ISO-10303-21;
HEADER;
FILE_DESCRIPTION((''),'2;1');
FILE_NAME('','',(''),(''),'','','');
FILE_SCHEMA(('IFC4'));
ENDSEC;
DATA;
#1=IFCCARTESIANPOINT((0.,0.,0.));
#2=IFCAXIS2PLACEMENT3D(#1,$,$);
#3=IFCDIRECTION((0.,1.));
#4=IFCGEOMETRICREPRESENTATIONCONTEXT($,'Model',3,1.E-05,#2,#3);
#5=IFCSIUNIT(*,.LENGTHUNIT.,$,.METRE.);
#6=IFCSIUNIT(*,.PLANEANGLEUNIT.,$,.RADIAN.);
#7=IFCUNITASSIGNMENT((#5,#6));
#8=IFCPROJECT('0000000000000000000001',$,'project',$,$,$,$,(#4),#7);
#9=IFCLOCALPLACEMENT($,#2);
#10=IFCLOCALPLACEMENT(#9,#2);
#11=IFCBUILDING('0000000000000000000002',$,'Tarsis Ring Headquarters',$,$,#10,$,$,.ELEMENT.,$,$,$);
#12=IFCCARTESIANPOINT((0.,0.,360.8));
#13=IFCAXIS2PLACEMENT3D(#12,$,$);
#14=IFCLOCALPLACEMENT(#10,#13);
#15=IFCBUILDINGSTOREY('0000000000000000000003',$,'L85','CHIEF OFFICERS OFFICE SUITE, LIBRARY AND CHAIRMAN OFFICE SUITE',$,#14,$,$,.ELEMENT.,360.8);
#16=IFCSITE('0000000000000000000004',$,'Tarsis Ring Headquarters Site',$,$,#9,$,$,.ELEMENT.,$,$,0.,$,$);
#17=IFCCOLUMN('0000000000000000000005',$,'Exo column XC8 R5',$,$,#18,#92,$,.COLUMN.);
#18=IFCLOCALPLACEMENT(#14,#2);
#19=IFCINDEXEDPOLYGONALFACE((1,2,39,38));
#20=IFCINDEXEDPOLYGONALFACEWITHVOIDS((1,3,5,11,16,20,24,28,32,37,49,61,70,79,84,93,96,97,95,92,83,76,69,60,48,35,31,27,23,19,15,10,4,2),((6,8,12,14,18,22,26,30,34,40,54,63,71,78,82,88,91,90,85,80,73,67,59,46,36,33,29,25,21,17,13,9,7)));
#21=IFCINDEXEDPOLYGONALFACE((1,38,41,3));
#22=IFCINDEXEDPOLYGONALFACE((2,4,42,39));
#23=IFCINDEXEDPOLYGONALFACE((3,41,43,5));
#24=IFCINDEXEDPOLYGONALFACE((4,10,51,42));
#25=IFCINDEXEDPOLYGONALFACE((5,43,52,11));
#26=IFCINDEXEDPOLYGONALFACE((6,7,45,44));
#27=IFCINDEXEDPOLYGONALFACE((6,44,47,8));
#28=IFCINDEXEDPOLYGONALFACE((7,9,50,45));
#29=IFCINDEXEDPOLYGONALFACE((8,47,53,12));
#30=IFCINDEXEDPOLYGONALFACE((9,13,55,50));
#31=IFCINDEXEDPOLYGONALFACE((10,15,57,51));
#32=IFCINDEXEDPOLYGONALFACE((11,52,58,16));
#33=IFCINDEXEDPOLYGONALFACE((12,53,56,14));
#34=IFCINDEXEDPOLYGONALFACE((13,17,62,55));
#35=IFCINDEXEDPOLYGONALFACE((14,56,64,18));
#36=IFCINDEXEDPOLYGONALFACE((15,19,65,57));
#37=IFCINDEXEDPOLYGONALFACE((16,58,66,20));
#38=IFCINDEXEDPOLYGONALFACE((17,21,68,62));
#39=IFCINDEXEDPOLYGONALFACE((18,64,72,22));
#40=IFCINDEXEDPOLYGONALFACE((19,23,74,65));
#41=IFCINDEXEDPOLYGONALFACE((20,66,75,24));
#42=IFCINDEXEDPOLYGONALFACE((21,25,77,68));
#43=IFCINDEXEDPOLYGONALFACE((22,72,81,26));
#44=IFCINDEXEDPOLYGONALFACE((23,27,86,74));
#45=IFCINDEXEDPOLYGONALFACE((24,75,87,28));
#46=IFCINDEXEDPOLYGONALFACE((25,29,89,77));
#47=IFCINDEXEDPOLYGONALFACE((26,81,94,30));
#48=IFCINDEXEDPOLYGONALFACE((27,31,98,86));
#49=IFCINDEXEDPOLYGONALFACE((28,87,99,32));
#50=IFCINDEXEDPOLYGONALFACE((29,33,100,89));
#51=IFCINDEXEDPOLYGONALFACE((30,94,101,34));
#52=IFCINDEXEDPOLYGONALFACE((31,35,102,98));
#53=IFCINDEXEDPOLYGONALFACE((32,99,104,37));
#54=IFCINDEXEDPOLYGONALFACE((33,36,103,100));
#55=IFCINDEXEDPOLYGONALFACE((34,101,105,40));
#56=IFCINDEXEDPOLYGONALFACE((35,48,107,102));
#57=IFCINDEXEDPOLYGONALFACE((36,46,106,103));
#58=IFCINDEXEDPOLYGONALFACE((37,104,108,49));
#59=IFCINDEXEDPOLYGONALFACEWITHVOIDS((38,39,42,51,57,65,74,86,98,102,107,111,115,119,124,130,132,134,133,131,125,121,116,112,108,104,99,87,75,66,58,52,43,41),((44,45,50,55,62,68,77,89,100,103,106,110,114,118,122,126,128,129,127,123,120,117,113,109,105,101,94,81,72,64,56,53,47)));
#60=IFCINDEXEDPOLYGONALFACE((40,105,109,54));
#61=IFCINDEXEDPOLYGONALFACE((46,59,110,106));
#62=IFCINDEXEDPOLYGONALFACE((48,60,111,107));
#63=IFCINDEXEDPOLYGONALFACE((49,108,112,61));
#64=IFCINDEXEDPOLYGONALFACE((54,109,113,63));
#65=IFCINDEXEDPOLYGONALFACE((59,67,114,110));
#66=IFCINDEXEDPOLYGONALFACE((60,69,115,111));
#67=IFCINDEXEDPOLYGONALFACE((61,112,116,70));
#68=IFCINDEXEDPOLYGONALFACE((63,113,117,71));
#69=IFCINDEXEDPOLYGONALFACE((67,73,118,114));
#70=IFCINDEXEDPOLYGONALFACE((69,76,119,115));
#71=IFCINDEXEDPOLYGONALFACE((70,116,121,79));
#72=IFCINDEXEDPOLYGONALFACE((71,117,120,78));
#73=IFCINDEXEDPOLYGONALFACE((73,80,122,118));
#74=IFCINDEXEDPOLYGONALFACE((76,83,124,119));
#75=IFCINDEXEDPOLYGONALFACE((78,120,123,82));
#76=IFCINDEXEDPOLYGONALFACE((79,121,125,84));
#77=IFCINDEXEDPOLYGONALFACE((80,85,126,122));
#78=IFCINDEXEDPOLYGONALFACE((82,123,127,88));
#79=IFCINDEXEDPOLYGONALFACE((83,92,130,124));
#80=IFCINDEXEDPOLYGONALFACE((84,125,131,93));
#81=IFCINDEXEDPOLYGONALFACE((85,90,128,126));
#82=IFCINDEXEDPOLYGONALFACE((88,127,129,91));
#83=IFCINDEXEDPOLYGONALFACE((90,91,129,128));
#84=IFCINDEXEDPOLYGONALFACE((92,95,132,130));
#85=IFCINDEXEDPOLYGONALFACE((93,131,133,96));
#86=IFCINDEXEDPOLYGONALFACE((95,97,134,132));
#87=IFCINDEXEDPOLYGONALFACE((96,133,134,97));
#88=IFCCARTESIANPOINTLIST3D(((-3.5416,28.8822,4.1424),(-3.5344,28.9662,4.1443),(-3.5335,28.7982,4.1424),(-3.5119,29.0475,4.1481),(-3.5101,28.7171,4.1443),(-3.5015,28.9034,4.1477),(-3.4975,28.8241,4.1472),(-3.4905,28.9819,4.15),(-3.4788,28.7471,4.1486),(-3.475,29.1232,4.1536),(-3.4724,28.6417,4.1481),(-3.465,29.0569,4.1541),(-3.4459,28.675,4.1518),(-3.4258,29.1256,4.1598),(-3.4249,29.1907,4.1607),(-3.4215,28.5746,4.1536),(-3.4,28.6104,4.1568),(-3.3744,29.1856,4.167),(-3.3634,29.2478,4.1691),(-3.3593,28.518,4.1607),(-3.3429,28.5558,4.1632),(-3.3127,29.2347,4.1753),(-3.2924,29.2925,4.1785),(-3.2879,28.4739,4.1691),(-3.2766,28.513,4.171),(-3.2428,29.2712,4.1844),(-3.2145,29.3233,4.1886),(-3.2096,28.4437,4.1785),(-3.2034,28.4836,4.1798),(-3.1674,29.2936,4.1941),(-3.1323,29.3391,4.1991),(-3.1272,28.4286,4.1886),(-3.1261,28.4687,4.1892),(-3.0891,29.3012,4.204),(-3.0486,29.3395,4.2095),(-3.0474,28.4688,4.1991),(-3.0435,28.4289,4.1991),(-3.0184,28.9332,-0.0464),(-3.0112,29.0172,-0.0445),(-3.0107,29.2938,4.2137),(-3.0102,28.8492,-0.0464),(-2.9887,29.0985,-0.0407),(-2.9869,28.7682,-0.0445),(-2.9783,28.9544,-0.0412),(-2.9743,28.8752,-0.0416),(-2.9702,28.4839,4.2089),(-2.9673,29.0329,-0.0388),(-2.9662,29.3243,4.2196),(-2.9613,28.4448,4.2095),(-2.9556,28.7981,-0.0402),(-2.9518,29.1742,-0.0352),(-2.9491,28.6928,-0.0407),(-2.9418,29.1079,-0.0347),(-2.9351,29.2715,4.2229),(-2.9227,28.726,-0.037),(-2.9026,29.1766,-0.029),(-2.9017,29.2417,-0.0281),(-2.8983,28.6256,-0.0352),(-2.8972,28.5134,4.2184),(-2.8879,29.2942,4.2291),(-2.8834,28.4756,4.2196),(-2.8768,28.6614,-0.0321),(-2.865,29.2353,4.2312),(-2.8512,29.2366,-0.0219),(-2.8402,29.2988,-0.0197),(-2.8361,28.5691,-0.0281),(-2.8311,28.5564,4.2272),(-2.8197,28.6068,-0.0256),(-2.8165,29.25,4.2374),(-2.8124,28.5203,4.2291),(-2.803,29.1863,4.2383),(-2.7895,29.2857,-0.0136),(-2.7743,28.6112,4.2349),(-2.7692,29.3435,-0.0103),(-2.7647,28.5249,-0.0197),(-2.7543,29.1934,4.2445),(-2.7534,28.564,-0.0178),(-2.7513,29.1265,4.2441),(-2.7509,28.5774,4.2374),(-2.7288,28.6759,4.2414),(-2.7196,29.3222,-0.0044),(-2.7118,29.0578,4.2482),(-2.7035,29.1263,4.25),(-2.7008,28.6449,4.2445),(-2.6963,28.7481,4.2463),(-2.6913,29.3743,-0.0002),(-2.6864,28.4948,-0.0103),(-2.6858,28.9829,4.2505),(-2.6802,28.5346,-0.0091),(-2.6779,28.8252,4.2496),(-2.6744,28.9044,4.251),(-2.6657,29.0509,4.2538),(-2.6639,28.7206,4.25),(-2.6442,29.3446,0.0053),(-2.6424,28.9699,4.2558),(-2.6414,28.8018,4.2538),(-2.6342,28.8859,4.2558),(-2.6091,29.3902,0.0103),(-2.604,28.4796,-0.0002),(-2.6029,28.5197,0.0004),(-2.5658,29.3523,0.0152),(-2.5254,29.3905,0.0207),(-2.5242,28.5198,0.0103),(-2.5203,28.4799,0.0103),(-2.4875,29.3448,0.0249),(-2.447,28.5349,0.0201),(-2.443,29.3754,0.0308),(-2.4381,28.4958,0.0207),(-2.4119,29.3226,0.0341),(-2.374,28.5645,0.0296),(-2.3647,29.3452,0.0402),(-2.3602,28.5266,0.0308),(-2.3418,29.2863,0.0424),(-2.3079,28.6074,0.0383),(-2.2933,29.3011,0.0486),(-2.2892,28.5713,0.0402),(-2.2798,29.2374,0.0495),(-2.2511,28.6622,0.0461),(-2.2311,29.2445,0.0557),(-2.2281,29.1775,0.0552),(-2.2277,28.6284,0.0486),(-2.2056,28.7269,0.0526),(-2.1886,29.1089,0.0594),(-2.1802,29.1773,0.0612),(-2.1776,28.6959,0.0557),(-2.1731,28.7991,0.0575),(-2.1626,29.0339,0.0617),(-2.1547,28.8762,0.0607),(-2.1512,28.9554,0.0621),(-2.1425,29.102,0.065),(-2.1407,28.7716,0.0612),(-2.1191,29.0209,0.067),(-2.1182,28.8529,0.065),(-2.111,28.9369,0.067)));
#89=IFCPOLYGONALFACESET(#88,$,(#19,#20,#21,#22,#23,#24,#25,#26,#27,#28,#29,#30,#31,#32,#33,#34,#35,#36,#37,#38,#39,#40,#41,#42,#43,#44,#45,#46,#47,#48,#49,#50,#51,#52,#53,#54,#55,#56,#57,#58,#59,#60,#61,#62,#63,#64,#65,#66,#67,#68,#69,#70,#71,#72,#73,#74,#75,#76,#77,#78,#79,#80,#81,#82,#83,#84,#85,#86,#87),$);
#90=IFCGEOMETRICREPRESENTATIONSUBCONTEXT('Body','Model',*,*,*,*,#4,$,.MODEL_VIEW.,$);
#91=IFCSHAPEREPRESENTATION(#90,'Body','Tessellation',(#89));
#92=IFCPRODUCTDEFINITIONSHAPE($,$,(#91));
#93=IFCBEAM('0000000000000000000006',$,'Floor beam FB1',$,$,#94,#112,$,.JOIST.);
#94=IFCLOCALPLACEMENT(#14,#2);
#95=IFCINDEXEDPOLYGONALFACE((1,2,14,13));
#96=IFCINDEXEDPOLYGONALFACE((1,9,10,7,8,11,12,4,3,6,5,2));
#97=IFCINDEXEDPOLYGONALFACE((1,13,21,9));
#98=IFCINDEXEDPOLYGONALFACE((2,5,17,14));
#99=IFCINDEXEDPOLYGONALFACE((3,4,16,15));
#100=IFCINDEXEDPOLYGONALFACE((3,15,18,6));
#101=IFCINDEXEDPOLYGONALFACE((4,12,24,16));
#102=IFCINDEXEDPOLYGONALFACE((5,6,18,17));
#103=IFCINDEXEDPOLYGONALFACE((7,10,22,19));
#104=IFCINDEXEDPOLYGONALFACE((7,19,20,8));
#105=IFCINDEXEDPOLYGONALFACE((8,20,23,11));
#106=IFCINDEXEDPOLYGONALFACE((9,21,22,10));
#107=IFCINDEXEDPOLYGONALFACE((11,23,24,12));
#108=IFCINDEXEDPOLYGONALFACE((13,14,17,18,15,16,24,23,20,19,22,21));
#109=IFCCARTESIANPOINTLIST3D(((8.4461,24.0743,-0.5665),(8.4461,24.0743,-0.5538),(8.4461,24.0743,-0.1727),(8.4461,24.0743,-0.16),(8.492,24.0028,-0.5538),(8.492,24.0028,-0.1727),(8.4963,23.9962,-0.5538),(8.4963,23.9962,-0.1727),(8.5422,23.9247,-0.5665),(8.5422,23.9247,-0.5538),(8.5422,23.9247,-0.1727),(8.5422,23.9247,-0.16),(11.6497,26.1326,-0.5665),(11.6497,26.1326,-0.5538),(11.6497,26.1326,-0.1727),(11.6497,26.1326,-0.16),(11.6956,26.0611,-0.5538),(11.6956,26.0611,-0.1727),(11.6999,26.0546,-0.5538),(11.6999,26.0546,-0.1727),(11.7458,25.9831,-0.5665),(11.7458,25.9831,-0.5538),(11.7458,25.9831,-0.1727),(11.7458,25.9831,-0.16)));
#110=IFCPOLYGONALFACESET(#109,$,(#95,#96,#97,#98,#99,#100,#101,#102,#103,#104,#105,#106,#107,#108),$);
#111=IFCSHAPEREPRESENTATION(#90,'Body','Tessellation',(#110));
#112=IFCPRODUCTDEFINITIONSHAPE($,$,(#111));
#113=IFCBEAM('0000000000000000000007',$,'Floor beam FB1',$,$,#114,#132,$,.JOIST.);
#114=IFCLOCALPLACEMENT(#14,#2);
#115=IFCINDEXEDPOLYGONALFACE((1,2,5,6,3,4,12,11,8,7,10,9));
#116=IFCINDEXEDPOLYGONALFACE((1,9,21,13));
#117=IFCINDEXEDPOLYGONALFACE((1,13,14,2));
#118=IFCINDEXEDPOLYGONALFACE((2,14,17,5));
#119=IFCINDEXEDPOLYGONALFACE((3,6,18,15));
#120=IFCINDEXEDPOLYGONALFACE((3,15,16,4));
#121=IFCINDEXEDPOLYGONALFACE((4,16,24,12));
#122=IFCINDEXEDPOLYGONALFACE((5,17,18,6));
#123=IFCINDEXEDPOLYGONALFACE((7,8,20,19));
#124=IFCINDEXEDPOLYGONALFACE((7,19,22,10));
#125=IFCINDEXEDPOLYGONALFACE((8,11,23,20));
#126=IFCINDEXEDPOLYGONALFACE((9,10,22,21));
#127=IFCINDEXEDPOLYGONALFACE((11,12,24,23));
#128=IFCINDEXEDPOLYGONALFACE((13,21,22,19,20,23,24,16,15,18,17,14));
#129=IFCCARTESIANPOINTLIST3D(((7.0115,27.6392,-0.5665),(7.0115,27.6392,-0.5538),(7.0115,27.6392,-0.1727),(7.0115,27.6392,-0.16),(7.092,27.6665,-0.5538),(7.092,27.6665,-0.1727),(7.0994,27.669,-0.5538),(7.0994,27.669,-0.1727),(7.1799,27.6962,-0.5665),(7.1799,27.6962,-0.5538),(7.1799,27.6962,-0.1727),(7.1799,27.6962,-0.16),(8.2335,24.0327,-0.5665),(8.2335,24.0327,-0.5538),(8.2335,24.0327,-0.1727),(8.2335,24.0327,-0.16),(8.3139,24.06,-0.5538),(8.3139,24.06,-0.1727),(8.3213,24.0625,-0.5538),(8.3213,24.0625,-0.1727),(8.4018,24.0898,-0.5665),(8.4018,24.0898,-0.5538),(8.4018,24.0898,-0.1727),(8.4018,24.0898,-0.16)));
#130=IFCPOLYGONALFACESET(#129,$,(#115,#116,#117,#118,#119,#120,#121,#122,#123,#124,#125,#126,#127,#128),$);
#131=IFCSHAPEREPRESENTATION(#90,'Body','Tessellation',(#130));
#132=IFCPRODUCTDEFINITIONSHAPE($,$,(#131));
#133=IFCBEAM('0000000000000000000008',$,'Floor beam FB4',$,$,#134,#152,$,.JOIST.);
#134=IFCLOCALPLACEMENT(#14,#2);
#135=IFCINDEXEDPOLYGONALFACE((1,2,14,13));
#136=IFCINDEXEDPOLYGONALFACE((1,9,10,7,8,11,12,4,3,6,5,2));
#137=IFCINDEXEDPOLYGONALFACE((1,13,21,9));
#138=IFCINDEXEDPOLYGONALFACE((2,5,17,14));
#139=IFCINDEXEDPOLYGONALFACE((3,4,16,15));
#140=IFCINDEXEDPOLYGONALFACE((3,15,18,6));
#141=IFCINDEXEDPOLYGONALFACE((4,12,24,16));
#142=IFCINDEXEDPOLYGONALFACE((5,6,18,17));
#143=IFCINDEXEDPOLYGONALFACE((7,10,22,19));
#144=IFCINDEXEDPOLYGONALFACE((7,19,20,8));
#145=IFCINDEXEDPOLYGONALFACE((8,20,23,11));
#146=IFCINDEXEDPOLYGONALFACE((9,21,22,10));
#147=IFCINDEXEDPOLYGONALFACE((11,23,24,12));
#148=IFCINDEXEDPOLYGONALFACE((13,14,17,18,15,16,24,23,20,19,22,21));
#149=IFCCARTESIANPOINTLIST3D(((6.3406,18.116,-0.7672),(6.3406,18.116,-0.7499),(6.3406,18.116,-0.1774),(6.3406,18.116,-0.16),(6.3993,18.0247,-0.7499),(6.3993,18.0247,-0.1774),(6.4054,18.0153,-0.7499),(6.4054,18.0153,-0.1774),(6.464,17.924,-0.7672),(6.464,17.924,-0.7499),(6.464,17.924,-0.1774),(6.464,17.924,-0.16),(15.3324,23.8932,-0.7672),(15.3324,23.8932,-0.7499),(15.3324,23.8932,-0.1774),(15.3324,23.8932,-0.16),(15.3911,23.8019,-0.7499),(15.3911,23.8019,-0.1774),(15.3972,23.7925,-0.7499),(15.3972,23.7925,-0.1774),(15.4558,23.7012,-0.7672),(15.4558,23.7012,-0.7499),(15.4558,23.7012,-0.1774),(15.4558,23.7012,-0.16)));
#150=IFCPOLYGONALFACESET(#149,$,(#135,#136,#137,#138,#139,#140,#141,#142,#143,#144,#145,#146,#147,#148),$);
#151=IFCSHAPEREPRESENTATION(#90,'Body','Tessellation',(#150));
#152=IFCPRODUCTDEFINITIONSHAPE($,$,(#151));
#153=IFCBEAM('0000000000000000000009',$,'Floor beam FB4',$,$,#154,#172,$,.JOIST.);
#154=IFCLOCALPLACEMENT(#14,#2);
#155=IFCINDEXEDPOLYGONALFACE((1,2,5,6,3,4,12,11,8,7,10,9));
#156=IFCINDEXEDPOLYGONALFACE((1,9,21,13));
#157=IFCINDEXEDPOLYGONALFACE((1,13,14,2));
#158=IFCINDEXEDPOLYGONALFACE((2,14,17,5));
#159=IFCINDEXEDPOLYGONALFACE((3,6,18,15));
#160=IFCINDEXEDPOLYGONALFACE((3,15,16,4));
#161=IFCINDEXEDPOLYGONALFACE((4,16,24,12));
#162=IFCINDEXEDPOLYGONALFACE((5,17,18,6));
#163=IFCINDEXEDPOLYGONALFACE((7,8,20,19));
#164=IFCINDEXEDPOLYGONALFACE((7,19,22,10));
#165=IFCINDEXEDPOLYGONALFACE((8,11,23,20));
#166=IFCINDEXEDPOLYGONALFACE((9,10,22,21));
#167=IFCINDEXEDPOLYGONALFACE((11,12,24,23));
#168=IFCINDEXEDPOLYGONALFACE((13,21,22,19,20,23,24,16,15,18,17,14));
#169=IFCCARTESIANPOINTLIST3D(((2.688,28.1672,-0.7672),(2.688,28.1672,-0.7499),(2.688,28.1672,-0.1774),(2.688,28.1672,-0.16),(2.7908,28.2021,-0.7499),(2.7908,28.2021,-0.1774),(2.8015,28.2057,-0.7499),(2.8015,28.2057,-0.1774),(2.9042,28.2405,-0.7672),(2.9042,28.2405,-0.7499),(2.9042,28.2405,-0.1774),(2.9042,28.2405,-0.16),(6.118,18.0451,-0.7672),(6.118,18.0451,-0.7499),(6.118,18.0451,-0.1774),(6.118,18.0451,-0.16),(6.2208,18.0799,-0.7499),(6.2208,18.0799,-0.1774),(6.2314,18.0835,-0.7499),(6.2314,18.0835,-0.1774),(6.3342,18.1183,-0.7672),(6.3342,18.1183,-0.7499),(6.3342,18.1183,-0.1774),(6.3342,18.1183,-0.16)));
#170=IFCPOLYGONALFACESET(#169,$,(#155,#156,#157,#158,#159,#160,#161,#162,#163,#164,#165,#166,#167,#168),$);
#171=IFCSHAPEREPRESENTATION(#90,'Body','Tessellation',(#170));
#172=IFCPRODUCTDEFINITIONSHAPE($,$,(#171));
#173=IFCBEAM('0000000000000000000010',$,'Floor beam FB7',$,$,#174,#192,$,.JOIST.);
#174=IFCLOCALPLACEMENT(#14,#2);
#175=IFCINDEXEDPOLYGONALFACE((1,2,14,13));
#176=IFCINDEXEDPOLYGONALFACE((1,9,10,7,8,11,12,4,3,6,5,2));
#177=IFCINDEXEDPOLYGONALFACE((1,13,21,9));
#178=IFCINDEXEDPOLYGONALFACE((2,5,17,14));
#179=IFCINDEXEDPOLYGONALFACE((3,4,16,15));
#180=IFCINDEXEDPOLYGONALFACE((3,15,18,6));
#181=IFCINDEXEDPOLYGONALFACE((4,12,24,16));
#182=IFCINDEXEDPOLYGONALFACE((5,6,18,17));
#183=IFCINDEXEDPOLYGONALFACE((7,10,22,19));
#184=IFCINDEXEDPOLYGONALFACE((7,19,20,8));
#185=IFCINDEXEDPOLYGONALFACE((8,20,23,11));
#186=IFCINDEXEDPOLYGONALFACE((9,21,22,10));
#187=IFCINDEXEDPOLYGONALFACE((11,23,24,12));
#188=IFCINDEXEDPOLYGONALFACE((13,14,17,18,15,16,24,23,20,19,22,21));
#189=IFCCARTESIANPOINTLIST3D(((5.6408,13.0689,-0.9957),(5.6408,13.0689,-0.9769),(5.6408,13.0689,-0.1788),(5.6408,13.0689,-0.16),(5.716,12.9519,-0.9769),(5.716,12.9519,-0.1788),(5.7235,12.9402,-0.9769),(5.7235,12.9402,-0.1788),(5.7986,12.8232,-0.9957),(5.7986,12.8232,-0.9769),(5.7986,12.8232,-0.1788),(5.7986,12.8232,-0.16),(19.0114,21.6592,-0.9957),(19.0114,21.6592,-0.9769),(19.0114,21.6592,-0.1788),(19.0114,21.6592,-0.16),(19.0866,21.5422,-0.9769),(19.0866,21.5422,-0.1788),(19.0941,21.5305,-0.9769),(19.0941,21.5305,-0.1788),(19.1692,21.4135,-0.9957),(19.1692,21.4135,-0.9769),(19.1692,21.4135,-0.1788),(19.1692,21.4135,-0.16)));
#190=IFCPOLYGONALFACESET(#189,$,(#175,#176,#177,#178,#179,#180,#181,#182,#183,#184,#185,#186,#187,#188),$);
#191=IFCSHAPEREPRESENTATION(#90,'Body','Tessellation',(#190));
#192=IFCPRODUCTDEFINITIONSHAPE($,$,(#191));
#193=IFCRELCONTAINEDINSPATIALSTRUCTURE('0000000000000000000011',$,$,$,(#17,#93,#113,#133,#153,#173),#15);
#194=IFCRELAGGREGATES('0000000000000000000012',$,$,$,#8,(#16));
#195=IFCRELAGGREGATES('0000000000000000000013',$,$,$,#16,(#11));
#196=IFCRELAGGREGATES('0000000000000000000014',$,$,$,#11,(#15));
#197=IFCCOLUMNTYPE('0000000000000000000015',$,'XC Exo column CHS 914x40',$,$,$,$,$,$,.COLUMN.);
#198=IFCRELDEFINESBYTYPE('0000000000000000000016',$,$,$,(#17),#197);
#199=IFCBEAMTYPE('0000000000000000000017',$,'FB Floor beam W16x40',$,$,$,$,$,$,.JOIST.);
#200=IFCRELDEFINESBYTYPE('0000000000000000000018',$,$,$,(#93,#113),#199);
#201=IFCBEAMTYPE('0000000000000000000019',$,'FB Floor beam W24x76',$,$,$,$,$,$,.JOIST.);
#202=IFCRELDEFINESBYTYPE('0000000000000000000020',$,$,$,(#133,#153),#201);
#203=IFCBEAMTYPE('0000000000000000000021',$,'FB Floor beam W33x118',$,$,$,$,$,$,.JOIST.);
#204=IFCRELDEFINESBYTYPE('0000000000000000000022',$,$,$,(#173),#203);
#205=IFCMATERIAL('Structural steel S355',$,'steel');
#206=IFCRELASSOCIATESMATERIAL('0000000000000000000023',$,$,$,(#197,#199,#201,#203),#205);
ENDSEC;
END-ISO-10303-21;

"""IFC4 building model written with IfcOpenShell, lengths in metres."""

from ifc_helpers import new_model, si_unit, direction, frame, origin, origin_2d, place, context, subcontext, project, spatial, hollow_circle, i_section, extrude, material, material_profile, profile_set, type_object, element, save


model = new_model("IFC4")

# Units and contexts
model_context = context("Model", 3, precision=1e-05, world=origin(), true_north=direction((0.0, 1.0)))
body_context = subcontext(model_context, "Body", "Model", "MODEL_VIEW")
ifc_project = project(units=[si_unit("LENGTHUNIT", "METRE"), si_unit("PLANEANGLEUNIT", "RADIAN")], contexts=[model_context])

# Site, building, storey
site_placement = place(None, origin())
site = spatial("IfcSite", under=ifc_project, at=site_placement, Name="Tarsis Ring Headquarters Site", CompositionType="ELEMENT", RefElevation=0.0)
building_placement = place(site_placement, origin())
building = spatial("IfcBuilding", under=site, at=building_placement, Name="Tarsis Ring Headquarters", CompositionType="ELEMENT")
storey_placement = place(building_placement, frame((0.0, 0.0, 360.8)))
storey = spatial("IfcBuildingStorey", under=building, at=storey_placement, Name="L85", Description="CHIEF OFFICERS OFFICE SUITE, LIBRARY AND CHAIRMAN OFFICE SUITE", CompositionType="ELEMENT", Elevation=360.8)

# Column
ifc_material_1 = material(Name="Structural steel S355", Category="steel")
ifc_material_profile_1 = material_profile(ifc_material_1, hollow_circle(Radius=0.457, WallThickness=0.04, at=origin_2d()), Name="CHS 914x40")
ifc_profile_set_1 = profile_set([ifc_material_profile_1], Name="Structural steel S355")
column_type = type_object("IfcColumnType", Name="XC Exo column CHS 914x40", PredefinedType="COLUMN", material=ifc_profile_set_1)
column_placement = place(storey_placement, frame((-2.5647, 28.9351, 0.0103), z_axis=(-0.123933, -0.012087, 0.992217), x_axis=(0.097066, -0.995278, 0.0)))
element("IfcColumn", 1, at=column_placement, inside=storey, type_object=column_type, Name="Exo column XC8 R5", PredefinedType="COLUMN", context=body_context, shape_type="SweptSolid", body=[
    extrude(hollow_circle(Radius=0.4573, WallThickness=0.04, at=origin_2d()), origin(), (0.0, 0.0, 1.0), 4.2217),
])

# Beams
ifc_material_profile_2 = material_profile(ifc_material_1, i_section(OverallWidth=0.1777, OverallDepth=0.4065, WebThickness=0.0078, FlangeThickness=0.0127, at=origin_2d()), Name="W16x40")
ifc_profile_set_2 = profile_set([ifc_material_profile_2], Name="Structural steel S355")
beam_type_1 = type_object("IfcBeamType", Name="FB Floor beam W16x40", PredefinedType="JOIST", material=ifc_profile_set_2)
for number, where, z_axis, x_axis, name in (
    (2, (8.4941, 23.9995, -0.3633), (0.841312, 0.54055, 0.0), (-0.54055, 0.841312, 0.0), "Floor beam FB1"),
    (3, (7.0957, 27.6677, -0.3633), (0.320898, -0.947114, 0.0), (0.947114, 0.320898, 0.0), "Floor beam FB1"),
):
    element("IfcBeam", number, at=place(storey_placement, frame(where, z_axis=z_axis, x_axis=x_axis)), inside=storey, type_object=beam_type_1, Name=name, PredefinedType="JOIST", context=body_context, shape_type="SweptSolid", body=[
        extrude(i_section(OverallWidth=0.1777, OverallDepth=0.4065, WebThickness=0.0078, FlangeThickness=0.0127, at=origin_2d()), origin(), (0.0, 0.0, 1.0), 3.8079),
    ])
ifc_material_profile_3 = material_profile(ifc_material_1, i_section(OverallWidth=0.2283, OverallDepth=0.6072, WebThickness=0.0112, FlangeThickness=0.0173, at=origin_2d()), Name="W24x76")
ifc_profile_set_3 = profile_set([ifc_material_profile_3], Name="Structural steel S355")
beam_type_2 = type_object("IfcBeamType", Name="FB Floor beam W24x76", PredefinedType="JOIST", material=ifc_profile_set_3)
beam_1_placement = place(storey_placement, frame((6.4023, 18.02, -0.4636), z_axis=(0.841318, 0.540541, 0.0), x_axis=(-0.540541, 0.841318, 0.0)))
element("IfcBeam", 4, at=beam_1_placement, inside=storey, type_object=beam_type_2, Name="Floor beam FB4", PredefinedType="JOIST", context=body_context, shape_type="SweptSolid", body=[
    extrude(i_section(OverallWidth=0.2283, OverallDepth=0.6072, WebThickness=0.0112, FlangeThickness=0.0173, at=origin_2d()), origin(), (0.0, 0.0, 1.0), 10.6877),
])
beam_2_placement = place(storey_placement, frame((2.7961, 28.2039, -0.4636), z_axis=(0.320932, -0.947102, 0.0), x_axis=(0.947102, 0.320932, 0.0)))
element("IfcBeam", 5, at=beam_2_placement, inside=storey, type_object=beam_type_2, Name="Floor beam FB4", PredefinedType="JOIST", context=body_context, shape_type="SweptSolid", body=[
    extrude(i_section(OverallWidth=0.2283, OverallDepth=0.6072, WebThickness=0.0112, FlangeThickness=0.0173, at=origin_2d()), origin(), (0.0, 0.0, 1.0), 10.6875),
])
ifc_material_profile_4 = material_profile(ifc_material_1, i_section(OverallWidth=0.292, OverallDepth=0.8357, WebThickness=0.0139, FlangeThickness=0.0188, at=origin_2d()), Name="W33x118")
ifc_profile_set_4 = profile_set([ifc_material_profile_4], Name="Structural steel S355")
beam_type_3 = type_object("IfcBeamType", Name="FB Floor beam W33x118", PredefinedType="JOIST", material=ifc_profile_set_4)
beam_3_placement = place(storey_placement, frame((5.7197, 12.946, -0.5779), z_axis=(0.841323, 0.540532, 0.0), x_axis=(-0.540532, 0.841323, 0.0)))
element("IfcBeam", 6, at=beam_3_placement, inside=storey, type_object=beam_type_3, Name="Floor beam FB7", PredefinedType="JOIST", context=body_context, shape_type="SweptSolid", body=[
    extrude(i_section(OverallWidth=0.292, OverallDepth=0.8357, WebThickness=0.0139, FlangeThickness=0.0188, at=origin_2d()), origin(), (0.0, 0.0, 1.0), 15.8923),
])

save(model, "model.ifc")
